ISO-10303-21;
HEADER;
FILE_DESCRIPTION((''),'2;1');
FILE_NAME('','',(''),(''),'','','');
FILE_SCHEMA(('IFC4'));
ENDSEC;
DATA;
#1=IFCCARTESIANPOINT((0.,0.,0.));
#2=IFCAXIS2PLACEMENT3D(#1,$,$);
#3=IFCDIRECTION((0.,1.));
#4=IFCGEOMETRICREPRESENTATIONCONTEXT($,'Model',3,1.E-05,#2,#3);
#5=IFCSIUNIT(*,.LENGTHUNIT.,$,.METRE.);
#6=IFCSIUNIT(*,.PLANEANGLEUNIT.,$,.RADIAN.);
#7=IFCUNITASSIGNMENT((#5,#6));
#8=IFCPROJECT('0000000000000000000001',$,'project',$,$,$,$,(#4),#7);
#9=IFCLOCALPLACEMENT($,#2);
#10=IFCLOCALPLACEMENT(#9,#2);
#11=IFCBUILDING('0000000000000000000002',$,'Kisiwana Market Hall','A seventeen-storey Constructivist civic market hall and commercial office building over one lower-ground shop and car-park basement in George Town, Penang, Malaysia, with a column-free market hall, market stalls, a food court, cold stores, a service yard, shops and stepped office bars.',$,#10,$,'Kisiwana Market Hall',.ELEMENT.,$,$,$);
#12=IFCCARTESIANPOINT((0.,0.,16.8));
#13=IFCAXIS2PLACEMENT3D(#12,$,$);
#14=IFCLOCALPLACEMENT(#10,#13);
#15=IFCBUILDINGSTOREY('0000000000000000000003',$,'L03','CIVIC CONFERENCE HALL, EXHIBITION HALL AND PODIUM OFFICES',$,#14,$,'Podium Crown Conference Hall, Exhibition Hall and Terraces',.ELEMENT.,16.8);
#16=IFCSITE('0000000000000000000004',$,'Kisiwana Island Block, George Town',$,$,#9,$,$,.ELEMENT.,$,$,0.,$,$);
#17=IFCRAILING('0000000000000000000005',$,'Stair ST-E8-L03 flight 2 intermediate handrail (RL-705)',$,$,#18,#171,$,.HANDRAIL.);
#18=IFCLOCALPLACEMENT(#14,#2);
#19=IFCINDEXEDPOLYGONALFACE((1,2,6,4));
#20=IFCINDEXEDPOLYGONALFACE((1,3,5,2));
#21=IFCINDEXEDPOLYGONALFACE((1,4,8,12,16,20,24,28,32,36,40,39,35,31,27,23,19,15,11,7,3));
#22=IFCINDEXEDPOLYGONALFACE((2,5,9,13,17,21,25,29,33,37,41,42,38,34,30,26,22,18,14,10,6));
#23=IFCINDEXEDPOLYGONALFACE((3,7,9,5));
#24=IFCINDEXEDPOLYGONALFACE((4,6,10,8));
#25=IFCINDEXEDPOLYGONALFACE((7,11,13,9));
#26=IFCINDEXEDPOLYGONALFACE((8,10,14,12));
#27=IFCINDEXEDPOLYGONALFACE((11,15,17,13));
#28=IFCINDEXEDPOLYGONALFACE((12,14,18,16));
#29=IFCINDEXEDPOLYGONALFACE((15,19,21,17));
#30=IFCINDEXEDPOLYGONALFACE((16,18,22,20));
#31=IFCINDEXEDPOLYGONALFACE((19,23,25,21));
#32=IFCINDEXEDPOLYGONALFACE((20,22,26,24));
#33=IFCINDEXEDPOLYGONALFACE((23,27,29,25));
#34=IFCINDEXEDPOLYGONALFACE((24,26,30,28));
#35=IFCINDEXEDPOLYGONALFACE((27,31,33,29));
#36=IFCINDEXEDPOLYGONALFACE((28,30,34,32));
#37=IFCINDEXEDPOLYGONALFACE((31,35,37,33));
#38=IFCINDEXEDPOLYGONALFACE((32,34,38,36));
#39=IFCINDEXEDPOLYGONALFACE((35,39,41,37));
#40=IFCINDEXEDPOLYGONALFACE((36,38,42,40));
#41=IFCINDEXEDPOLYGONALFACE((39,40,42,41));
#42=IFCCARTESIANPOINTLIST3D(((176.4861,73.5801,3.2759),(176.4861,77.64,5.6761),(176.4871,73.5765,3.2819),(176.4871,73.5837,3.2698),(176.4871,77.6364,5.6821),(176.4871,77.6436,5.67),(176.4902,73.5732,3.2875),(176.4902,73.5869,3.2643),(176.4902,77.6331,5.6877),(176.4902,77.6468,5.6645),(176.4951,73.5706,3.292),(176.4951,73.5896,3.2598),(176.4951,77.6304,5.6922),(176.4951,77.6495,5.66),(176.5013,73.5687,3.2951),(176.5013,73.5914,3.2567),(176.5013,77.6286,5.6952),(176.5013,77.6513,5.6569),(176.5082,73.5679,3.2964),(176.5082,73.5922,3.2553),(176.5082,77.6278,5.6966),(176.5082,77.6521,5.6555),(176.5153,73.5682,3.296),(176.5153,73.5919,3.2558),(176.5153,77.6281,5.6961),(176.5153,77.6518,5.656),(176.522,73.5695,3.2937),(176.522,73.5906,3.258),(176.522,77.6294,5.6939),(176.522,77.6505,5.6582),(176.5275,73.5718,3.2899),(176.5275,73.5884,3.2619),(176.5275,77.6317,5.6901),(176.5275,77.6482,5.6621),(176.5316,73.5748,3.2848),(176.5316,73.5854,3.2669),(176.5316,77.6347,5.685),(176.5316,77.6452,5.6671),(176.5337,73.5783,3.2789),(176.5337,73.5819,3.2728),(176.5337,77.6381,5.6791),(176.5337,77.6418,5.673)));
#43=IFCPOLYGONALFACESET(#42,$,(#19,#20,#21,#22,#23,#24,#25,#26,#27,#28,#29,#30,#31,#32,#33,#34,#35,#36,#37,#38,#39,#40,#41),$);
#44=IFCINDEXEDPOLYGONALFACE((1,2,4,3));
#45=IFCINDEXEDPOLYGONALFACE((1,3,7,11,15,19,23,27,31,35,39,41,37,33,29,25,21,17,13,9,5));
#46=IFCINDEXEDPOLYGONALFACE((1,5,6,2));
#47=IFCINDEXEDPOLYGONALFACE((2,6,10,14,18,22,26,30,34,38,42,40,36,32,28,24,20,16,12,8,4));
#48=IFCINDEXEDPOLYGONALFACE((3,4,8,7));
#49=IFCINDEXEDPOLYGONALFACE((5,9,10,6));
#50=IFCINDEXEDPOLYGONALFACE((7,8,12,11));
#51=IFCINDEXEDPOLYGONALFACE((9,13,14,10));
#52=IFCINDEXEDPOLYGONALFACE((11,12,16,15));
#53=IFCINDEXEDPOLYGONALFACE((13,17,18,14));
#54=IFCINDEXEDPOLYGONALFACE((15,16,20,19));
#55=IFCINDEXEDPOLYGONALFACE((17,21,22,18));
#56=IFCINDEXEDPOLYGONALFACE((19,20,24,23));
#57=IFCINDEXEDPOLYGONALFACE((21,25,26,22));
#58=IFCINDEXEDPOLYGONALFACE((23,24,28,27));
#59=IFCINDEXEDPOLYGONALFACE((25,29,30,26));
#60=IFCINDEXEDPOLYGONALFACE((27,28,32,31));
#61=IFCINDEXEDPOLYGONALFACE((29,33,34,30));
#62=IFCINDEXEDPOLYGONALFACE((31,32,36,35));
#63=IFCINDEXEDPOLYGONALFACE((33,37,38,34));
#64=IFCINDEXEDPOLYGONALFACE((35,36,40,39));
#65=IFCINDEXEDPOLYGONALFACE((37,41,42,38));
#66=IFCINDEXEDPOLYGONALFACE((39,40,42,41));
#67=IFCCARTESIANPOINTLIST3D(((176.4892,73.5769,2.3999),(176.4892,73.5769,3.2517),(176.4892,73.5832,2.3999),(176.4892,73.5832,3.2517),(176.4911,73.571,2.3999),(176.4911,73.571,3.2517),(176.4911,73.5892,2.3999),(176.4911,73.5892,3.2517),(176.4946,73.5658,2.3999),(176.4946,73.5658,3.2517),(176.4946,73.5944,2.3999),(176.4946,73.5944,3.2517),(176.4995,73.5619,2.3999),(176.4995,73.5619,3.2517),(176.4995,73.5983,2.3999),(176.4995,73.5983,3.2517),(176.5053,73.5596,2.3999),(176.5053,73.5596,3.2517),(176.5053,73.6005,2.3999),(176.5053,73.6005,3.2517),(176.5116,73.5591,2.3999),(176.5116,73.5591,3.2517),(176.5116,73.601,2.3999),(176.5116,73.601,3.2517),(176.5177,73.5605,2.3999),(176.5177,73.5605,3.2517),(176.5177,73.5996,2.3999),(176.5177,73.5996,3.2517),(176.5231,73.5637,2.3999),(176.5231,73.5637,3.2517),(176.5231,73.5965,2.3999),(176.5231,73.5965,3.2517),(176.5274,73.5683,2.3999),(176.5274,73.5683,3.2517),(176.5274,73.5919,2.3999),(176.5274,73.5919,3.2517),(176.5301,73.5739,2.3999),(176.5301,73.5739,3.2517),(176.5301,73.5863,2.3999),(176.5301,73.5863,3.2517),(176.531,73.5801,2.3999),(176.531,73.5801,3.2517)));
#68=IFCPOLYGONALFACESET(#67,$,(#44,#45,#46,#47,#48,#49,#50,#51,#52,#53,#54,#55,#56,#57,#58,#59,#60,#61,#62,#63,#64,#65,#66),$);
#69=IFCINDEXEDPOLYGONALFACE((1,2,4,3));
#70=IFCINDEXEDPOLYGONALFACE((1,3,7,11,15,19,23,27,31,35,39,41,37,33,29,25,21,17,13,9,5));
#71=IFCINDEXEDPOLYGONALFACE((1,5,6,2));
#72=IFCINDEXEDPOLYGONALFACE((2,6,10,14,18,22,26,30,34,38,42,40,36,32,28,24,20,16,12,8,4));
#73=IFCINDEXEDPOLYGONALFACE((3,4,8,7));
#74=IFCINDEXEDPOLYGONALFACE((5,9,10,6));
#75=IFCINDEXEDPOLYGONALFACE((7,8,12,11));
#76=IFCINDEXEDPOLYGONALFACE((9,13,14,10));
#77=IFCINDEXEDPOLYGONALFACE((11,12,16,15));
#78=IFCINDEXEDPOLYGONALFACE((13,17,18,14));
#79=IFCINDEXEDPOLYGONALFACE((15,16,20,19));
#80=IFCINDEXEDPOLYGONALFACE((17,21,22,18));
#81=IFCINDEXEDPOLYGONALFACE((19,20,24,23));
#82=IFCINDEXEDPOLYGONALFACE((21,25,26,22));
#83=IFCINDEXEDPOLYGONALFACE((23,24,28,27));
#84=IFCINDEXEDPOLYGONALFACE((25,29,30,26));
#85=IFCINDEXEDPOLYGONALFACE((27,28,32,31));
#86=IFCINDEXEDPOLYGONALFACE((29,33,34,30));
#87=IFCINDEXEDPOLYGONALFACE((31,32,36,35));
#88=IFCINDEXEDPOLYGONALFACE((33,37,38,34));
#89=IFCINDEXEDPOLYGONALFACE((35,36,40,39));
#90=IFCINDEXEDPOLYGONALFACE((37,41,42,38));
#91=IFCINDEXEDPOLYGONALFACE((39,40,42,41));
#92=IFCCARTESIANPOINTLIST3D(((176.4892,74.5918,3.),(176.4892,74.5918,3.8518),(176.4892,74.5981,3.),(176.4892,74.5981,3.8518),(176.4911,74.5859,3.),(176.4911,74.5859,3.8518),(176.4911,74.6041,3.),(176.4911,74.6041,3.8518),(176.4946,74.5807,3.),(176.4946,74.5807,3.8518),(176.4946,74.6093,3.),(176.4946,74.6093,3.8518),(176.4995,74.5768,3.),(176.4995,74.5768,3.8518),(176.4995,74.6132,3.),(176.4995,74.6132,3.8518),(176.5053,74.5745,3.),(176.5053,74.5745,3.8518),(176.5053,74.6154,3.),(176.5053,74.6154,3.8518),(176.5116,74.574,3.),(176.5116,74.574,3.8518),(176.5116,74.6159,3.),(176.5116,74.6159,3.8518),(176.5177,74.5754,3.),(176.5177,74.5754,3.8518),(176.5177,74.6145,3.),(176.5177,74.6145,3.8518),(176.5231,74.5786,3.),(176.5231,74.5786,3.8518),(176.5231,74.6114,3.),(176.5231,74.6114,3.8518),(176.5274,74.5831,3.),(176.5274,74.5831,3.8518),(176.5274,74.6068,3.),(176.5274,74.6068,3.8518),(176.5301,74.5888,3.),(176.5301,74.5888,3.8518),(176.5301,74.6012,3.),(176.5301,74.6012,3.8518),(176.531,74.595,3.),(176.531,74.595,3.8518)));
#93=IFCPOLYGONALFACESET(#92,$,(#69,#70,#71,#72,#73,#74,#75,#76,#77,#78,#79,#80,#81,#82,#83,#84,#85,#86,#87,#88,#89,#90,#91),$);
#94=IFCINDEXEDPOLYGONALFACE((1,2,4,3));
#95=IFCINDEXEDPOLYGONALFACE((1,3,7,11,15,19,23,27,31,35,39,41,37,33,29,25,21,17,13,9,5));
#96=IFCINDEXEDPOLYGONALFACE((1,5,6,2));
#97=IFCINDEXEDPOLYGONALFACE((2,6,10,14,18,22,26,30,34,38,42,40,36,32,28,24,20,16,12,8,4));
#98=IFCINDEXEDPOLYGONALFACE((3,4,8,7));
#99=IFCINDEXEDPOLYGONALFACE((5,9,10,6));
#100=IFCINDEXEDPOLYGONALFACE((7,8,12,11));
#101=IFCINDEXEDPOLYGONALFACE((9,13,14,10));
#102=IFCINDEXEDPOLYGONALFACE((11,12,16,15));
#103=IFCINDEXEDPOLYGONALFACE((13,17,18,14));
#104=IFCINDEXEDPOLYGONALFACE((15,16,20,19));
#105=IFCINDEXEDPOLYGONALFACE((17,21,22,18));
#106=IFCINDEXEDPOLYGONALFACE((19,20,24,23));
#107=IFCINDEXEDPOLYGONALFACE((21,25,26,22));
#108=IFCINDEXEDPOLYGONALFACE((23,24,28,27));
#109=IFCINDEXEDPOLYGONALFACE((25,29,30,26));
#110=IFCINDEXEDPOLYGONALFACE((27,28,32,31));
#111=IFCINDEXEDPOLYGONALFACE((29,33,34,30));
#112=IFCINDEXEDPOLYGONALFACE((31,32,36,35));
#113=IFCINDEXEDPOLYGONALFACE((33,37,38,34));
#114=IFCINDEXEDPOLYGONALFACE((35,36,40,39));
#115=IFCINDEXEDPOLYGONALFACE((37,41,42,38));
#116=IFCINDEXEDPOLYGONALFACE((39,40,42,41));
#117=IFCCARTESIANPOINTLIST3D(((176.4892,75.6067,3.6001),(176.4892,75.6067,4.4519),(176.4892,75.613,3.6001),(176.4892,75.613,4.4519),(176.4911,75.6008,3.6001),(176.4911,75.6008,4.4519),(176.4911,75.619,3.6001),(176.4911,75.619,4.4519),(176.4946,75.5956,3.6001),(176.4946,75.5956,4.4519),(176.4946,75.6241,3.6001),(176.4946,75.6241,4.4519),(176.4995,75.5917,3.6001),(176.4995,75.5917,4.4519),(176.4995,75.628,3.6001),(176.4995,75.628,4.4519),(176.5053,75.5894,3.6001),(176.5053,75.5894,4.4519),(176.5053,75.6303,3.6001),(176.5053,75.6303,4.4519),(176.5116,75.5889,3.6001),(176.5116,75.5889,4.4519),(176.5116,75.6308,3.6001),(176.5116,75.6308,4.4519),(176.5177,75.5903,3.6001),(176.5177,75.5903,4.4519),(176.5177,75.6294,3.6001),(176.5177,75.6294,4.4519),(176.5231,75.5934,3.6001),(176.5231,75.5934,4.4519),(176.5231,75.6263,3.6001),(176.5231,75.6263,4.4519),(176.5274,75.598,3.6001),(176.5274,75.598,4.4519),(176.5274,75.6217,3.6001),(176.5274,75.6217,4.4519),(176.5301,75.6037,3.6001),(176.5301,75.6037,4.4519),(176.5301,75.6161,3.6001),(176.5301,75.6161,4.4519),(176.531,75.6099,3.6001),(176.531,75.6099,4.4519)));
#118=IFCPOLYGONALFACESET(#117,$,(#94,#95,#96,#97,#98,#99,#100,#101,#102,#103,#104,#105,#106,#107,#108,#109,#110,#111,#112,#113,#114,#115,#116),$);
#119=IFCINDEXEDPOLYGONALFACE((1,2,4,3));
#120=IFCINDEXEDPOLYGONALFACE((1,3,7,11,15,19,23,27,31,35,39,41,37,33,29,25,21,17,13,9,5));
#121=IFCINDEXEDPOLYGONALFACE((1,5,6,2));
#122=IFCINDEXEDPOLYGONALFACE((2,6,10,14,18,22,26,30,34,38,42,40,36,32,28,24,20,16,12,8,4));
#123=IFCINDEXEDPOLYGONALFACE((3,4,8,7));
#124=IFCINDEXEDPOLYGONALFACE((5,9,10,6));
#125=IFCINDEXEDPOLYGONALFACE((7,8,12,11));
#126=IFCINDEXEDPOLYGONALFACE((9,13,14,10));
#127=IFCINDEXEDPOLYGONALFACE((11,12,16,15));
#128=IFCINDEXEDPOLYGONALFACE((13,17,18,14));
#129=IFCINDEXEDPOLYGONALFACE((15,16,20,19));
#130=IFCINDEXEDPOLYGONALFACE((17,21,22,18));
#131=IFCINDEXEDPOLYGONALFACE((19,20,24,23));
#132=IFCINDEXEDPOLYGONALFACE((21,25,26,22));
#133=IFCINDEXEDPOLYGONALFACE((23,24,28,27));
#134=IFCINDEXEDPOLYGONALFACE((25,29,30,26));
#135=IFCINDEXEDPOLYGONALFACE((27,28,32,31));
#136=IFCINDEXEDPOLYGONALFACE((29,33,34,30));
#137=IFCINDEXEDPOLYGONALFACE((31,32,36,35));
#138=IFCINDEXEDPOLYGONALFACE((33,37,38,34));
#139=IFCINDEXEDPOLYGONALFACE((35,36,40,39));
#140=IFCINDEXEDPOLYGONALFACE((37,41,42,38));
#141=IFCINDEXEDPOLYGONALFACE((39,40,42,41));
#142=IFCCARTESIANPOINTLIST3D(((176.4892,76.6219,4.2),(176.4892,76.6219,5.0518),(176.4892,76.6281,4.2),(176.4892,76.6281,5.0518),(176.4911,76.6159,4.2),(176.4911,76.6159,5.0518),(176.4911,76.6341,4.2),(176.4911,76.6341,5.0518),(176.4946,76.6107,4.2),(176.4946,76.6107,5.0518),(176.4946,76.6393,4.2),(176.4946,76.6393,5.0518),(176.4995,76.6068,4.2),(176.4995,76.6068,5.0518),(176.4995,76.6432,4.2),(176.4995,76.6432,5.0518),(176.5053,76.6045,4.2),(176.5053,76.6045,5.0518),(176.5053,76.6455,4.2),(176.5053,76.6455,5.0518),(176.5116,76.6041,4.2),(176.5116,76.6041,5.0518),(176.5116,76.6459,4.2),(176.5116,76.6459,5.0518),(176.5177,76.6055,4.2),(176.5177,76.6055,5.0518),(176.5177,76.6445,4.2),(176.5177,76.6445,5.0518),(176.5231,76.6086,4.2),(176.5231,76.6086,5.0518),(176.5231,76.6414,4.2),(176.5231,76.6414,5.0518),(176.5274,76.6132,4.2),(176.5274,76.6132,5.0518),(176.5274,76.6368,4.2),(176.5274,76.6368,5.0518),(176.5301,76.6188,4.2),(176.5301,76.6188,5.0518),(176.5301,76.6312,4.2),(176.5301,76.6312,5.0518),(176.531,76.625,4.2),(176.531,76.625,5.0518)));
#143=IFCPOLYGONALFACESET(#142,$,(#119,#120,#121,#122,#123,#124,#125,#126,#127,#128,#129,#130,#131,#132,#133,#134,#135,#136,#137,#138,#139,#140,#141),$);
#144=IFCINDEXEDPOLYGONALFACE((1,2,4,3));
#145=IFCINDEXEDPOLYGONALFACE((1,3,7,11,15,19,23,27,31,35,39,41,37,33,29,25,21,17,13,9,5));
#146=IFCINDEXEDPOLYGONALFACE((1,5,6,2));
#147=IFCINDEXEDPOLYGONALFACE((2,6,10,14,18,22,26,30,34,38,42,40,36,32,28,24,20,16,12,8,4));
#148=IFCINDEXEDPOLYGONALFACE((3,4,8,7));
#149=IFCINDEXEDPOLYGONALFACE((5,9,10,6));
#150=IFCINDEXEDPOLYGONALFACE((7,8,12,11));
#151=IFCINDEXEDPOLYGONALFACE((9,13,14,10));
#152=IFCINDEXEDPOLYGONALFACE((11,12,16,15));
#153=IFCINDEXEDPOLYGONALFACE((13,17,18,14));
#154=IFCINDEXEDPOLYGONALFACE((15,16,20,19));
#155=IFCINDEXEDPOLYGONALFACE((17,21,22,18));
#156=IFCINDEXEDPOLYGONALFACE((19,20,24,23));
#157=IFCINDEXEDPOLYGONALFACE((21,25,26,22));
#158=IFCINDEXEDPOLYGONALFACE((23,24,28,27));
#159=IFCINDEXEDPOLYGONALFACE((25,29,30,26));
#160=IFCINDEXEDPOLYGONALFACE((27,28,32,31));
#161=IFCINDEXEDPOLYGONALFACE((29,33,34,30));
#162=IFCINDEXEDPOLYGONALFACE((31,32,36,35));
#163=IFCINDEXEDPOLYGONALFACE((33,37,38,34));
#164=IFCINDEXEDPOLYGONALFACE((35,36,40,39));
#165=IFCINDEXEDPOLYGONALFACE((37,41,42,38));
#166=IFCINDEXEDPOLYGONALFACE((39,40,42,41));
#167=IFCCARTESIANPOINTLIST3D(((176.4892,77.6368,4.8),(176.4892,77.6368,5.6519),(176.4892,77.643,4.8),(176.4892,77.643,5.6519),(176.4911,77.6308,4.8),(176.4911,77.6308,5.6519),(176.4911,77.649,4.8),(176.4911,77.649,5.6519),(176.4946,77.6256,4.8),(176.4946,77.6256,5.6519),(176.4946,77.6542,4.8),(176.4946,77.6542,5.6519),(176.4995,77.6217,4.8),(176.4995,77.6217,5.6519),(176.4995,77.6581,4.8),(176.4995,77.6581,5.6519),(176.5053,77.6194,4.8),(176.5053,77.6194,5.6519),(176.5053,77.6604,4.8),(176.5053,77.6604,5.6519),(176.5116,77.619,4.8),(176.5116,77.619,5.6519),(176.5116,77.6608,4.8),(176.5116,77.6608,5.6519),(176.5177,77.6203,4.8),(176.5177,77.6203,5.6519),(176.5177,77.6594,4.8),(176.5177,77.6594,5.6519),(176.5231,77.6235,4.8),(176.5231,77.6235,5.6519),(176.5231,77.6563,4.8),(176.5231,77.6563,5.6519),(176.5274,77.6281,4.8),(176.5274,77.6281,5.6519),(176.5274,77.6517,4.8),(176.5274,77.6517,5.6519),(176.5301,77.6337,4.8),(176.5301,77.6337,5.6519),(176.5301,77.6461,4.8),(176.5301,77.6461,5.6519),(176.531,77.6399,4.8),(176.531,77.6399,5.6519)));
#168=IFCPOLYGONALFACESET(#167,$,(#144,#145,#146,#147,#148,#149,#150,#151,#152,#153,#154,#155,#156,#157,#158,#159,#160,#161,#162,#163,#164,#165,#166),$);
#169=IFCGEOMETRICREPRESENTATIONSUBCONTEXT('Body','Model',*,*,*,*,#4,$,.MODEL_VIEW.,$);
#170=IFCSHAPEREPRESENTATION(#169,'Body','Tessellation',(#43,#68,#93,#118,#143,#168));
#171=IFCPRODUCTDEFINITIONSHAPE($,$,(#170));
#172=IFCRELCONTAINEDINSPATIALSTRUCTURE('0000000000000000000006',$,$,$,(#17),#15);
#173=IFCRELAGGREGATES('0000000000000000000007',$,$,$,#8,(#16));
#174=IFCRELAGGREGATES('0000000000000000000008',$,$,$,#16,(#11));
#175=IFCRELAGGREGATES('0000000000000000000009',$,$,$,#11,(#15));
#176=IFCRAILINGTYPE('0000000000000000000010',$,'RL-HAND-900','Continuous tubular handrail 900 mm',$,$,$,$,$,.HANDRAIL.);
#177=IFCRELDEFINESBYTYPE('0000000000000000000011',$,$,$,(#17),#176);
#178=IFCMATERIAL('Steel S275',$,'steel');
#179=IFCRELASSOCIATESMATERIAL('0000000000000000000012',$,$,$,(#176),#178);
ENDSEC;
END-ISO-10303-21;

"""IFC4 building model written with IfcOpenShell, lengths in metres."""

from ifc_helpers import new_model, si_unit, direction, frame, origin, origin_2d, place, context, subcontext, project, spatial, circle, extrude, material, type_object, element, save


model = new_model("IFC4")

# Units and contexts
model_context = context("Model", 3, precision=1e-05, world=origin(), true_north=direction((0.0, 1.0)))
body_context = subcontext(model_context, "Body", "Model", "MODEL_VIEW")
ifc_project = project(units=[si_unit("LENGTHUNIT", "METRE"), si_unit("PLANEANGLEUNIT", "RADIAN")], contexts=[model_context])

# Site, building, storey
site_placement = place(None, origin())
site = spatial("IfcSite", under=ifc_project, at=site_placement, Name="Kisiwana Island Block, George Town", CompositionType="ELEMENT", RefElevation=0.0)
building_placement = place(site_placement, origin())
building = spatial("IfcBuilding", under=site, at=building_placement, Name="Kisiwana Market Hall", Description="A seventeen-storey Constructivist civic market hall and commercial office building over one lower-ground shop and car-park basement in George Town, Penang, Malaysia, with a column-free market hall, market stalls, a food court, cold stores, a service yard, shops and stepped office bars.", LongName="Kisiwana Market Hall", CompositionType="ELEMENT")
storey_placement = place(building_placement, frame((0.0, 0.0, 16.8)))
storey = spatial("IfcBuildingStorey", under=building, at=storey_placement, Name="L03", Description="CIVIC CONFERENCE HALL, EXHIBITION HALL AND PODIUM OFFICES", LongName="Podium Crown Conference Hall, Exhibition Hall and Terraces", CompositionType="ELEMENT", Elevation=16.8)

# Railing
ifc_material_1 = material(Name="Steel S275", Category="steel")
railing_type_1 = type_object("IfcRailingType", Name="RL-HAND-900", Description="Continuous tubular handrail 900 mm", PredefinedType="HANDRAIL", material=ifc_material_1)
railing_1_placement = place(storey_placement, frame((176.51, 73.5801, 2.3999)))
element("IfcRailing", 1, at=railing_1_placement, inside=storey, type_object=railing_type_1, Name="Stair ST-E8-L03 flight 2 intermediate handrail (RL-705)", PredefinedType="HANDRAIL", context=body_context, shape_type="SweptSolid", body=[
    extrude(circle(Radius=0.0239, at=origin_2d()), frame((0.0, 0.0, 0.876), z_axis=(0.0, 0.860818, 0.508912), x_axis=(-1.0, 0.0, 0.0)), (0.0, 0.0, 1.0), 4.7163),
    extrude(circle(Radius=0.021, at=origin_2d()), origin(), (0.0, 0.0, 1.0), 0.8518),
    extrude(circle(Radius=0.021, at=origin_2d()), frame((0.0, 1.0149, 0.6001)), (0.0, 0.0, 1.0), 0.8518),
    extrude(circle(Radius=0.021, at=origin_2d()), frame((0.0, 2.0298, 1.2002)), (0.0, 0.0, 1.0), 0.8518),
    extrude(circle(Radius=0.021, at=origin_2d()), frame((0.0, 3.0449, 1.8)), (0.0, 0.0, 1.0), 0.8518),
    extrude(circle(Radius=0.021, at=origin_2d()), frame((0.0, 4.0598, 2.4001)), (0.0, 0.0, 1.0), 0.8518),
])

save(model, "model.ifc")
